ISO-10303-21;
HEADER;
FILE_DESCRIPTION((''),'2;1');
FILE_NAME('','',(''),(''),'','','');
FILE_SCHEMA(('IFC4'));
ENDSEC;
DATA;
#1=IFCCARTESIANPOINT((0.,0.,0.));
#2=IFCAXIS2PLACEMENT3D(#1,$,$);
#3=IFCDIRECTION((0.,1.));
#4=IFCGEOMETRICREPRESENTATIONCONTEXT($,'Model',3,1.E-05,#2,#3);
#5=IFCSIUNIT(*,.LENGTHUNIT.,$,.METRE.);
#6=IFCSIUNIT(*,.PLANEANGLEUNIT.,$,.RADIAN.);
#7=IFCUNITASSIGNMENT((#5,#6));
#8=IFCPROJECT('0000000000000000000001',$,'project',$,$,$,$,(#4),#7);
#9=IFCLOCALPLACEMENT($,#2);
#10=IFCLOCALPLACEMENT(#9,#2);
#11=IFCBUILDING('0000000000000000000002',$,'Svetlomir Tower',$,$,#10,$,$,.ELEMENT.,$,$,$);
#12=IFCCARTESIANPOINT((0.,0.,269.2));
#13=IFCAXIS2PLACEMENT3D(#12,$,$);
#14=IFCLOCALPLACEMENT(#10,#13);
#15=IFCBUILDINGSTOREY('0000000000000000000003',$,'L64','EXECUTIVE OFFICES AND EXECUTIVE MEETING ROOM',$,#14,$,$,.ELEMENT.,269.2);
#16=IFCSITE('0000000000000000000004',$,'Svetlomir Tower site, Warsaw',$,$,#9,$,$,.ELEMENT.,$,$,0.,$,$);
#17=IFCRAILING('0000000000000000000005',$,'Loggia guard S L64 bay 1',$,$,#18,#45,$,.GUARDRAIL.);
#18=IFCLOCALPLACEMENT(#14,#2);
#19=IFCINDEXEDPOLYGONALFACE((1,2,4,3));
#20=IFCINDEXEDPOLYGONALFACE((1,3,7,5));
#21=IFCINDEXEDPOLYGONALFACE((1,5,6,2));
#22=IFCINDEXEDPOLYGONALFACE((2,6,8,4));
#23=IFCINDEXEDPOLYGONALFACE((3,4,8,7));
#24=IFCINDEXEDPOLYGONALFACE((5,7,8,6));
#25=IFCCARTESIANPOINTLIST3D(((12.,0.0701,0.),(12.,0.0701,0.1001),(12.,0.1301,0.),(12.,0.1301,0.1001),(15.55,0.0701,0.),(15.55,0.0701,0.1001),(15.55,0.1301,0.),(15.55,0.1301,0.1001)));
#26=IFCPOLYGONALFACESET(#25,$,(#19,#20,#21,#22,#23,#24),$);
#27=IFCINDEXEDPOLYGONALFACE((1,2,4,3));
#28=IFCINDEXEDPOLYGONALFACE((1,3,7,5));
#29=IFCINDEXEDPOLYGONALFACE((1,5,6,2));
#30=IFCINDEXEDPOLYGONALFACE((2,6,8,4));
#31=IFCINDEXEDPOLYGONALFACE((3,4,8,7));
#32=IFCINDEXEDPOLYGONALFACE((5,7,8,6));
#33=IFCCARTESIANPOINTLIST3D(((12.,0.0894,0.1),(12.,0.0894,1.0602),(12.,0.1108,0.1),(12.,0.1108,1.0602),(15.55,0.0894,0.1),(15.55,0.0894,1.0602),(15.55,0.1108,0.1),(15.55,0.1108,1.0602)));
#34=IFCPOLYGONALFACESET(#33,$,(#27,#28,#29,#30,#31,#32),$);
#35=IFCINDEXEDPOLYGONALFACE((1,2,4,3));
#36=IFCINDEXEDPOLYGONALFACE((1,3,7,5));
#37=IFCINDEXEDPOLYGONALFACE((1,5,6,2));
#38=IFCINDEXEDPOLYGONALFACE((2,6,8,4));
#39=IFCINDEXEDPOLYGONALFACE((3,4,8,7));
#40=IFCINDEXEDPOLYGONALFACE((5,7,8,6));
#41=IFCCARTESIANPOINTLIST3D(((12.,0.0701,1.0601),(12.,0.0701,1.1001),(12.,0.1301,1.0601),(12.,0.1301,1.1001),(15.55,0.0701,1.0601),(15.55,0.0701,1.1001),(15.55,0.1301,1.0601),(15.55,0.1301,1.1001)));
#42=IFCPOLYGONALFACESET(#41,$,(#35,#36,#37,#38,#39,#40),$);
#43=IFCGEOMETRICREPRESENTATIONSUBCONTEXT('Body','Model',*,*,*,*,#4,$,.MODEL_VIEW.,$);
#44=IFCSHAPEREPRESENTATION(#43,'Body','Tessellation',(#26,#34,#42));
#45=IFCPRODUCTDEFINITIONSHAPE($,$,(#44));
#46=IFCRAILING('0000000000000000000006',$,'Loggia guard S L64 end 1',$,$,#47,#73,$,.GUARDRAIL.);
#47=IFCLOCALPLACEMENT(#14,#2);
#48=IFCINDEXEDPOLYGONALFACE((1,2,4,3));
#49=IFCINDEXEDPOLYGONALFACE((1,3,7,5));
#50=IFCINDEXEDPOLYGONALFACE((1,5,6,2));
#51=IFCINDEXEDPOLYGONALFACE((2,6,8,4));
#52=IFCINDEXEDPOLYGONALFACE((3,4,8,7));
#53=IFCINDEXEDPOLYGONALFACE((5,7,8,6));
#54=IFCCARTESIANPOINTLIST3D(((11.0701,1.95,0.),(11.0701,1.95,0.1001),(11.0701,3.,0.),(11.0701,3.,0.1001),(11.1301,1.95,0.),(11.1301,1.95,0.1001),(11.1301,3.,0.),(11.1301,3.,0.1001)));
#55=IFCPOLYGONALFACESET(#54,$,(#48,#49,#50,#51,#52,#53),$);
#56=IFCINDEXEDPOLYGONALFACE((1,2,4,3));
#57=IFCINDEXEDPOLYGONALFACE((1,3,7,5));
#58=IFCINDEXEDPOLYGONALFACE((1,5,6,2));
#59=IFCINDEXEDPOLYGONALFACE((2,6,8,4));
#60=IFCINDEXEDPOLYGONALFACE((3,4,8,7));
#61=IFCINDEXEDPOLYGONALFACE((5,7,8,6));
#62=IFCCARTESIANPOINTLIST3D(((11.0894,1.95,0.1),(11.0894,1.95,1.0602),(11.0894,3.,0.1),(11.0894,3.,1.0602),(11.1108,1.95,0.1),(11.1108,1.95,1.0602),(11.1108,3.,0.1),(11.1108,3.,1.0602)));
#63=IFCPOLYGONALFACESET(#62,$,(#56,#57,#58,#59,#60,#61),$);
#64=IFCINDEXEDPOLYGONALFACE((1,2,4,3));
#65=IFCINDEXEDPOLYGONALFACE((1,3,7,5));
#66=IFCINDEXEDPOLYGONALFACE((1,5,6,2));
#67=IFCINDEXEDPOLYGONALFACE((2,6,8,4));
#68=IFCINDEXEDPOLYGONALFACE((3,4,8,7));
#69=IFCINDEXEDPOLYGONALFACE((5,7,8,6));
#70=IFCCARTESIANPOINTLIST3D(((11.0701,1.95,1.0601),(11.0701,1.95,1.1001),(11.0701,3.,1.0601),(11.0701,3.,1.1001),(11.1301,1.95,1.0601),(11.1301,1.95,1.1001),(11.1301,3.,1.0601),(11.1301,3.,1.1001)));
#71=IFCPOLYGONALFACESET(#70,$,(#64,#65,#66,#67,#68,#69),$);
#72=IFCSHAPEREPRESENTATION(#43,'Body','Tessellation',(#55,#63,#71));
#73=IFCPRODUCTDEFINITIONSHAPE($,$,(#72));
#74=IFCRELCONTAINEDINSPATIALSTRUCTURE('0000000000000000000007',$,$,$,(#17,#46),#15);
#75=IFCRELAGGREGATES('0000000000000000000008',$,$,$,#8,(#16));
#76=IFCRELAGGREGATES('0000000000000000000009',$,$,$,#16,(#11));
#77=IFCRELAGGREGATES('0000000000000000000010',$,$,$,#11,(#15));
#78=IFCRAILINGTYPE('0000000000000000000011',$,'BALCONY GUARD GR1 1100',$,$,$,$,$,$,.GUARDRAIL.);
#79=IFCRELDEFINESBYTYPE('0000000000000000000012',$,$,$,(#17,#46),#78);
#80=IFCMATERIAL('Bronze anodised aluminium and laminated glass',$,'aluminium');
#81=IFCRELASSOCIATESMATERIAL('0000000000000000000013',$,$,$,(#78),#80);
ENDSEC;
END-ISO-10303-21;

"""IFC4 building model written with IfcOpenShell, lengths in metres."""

from ifc_helpers import new_model, si_unit, direction, frame, origin, origin_2d, place, context, subcontext, project, spatial, rectangle, extrude, material, type_object, element, save


model = new_model("IFC4")

# Units and contexts
model_context = context("Model", 3, precision=1e-05, world=origin(), true_north=direction((0.0, 1.0)))
body_context = subcontext(model_context, "Body", "Model", "MODEL_VIEW")
ifc_project = project(units=[si_unit("LENGTHUNIT", "METRE"), si_unit("PLANEANGLEUNIT", "RADIAN")], contexts=[model_context])

# Site, building, storey
site_placement = place(None, origin())
site = spatial("IfcSite", under=ifc_project, at=site_placement, Name="Svetlomir Tower site, Warsaw", CompositionType="ELEMENT", RefElevation=0.0)
building_placement = place(site_placement, origin())
building = spatial("IfcBuilding", under=site, at=building_placement, Name="Svetlomir Tower", CompositionType="ELEMENT")
storey_placement = place(building_placement, frame((0.0, 0.0, 269.2)))
storey = spatial("IfcBuildingStorey", under=building, at=storey_placement, Name="L64", Description="EXECUTIVE OFFICES AND EXECUTIVE MEETING ROOM", CompositionType="ELEMENT", Elevation=269.2)

# Railings
ifc_material_1 = material(Name="Bronze anodised aluminium and laminated glass", Category="aluminium")
railing_type = type_object("IfcRailingType", Name="BALCONY GUARD GR1 1100", PredefinedType="GUARDRAIL", material=ifc_material_1)
railing_1_placement = place(storey_placement, frame((12.0, 0.1001, 0.0)))
element("IfcRailing", 1, at=railing_1_placement, inside=storey, type_object=railing_type, Name="Loggia guard S L64 bay 1", PredefinedType="GUARDRAIL", context=body_context, shape_type="SweptSolid", body=[
    extrude(rectangle(XDim=0.0601, YDim=0.1001, at=origin_2d()), frame((0.0, 0.0, 0.05), z_axis=(1.0, 0.0, 0.0), x_axis=(0.0, 1.0, 0.0)), (0.0, 0.0, 1.0), 3.55),
    extrude(rectangle(XDim=0.0215, YDim=0.9602, at=origin_2d()), frame((0.0, 0.0, 0.5801), z_axis=(1.0, 0.0, 0.0), x_axis=(0.0, 1.0, 0.0)), (0.0, 0.0, 1.0), 3.55),
    extrude(rectangle(XDim=0.0601, YDim=0.04, at=origin_2d()), frame((0.0, 0.0, 1.0801), z_axis=(1.0, 0.0, 0.0), x_axis=(0.0, 1.0, 0.0)), (0.0, 0.0, 1.0), 3.55),
])
railing_2_placement = place(storey_placement, frame((11.1001, 1.95, 0.0)))
element("IfcRailing", 2, at=railing_2_placement, inside=storey, type_object=railing_type, Name="Loggia guard S L64 end 1", PredefinedType="GUARDRAIL", context=body_context, shape_type="SweptSolid", body=[
    extrude(rectangle(XDim=0.0601, YDim=0.1001, at=origin_2d()), frame((0.0, 0.0, 0.05), z_axis=(0.0, 1.0, 0.0), x_axis=(-1.0, 0.0, 0.0)), (0.0, 0.0, 1.0), 1.05),
    extrude(rectangle(XDim=0.0215, YDim=0.9602, at=origin_2d()), frame((0.0, 0.0, 0.5801), z_axis=(0.0, 1.0, 0.0), x_axis=(-1.0, 0.0, 0.0)), (0.0, 0.0, 1.0), 1.05),
    extrude(rectangle(XDim=0.0601, YDim=0.04, at=origin_2d()), frame((0.0, 0.0, 1.0801), z_axis=(0.0, 1.0, 0.0), x_axis=(-1.0, 0.0, 0.0)), (0.0, 0.0, 1.0), 1.05),
])

save(model, "model.ifc")
